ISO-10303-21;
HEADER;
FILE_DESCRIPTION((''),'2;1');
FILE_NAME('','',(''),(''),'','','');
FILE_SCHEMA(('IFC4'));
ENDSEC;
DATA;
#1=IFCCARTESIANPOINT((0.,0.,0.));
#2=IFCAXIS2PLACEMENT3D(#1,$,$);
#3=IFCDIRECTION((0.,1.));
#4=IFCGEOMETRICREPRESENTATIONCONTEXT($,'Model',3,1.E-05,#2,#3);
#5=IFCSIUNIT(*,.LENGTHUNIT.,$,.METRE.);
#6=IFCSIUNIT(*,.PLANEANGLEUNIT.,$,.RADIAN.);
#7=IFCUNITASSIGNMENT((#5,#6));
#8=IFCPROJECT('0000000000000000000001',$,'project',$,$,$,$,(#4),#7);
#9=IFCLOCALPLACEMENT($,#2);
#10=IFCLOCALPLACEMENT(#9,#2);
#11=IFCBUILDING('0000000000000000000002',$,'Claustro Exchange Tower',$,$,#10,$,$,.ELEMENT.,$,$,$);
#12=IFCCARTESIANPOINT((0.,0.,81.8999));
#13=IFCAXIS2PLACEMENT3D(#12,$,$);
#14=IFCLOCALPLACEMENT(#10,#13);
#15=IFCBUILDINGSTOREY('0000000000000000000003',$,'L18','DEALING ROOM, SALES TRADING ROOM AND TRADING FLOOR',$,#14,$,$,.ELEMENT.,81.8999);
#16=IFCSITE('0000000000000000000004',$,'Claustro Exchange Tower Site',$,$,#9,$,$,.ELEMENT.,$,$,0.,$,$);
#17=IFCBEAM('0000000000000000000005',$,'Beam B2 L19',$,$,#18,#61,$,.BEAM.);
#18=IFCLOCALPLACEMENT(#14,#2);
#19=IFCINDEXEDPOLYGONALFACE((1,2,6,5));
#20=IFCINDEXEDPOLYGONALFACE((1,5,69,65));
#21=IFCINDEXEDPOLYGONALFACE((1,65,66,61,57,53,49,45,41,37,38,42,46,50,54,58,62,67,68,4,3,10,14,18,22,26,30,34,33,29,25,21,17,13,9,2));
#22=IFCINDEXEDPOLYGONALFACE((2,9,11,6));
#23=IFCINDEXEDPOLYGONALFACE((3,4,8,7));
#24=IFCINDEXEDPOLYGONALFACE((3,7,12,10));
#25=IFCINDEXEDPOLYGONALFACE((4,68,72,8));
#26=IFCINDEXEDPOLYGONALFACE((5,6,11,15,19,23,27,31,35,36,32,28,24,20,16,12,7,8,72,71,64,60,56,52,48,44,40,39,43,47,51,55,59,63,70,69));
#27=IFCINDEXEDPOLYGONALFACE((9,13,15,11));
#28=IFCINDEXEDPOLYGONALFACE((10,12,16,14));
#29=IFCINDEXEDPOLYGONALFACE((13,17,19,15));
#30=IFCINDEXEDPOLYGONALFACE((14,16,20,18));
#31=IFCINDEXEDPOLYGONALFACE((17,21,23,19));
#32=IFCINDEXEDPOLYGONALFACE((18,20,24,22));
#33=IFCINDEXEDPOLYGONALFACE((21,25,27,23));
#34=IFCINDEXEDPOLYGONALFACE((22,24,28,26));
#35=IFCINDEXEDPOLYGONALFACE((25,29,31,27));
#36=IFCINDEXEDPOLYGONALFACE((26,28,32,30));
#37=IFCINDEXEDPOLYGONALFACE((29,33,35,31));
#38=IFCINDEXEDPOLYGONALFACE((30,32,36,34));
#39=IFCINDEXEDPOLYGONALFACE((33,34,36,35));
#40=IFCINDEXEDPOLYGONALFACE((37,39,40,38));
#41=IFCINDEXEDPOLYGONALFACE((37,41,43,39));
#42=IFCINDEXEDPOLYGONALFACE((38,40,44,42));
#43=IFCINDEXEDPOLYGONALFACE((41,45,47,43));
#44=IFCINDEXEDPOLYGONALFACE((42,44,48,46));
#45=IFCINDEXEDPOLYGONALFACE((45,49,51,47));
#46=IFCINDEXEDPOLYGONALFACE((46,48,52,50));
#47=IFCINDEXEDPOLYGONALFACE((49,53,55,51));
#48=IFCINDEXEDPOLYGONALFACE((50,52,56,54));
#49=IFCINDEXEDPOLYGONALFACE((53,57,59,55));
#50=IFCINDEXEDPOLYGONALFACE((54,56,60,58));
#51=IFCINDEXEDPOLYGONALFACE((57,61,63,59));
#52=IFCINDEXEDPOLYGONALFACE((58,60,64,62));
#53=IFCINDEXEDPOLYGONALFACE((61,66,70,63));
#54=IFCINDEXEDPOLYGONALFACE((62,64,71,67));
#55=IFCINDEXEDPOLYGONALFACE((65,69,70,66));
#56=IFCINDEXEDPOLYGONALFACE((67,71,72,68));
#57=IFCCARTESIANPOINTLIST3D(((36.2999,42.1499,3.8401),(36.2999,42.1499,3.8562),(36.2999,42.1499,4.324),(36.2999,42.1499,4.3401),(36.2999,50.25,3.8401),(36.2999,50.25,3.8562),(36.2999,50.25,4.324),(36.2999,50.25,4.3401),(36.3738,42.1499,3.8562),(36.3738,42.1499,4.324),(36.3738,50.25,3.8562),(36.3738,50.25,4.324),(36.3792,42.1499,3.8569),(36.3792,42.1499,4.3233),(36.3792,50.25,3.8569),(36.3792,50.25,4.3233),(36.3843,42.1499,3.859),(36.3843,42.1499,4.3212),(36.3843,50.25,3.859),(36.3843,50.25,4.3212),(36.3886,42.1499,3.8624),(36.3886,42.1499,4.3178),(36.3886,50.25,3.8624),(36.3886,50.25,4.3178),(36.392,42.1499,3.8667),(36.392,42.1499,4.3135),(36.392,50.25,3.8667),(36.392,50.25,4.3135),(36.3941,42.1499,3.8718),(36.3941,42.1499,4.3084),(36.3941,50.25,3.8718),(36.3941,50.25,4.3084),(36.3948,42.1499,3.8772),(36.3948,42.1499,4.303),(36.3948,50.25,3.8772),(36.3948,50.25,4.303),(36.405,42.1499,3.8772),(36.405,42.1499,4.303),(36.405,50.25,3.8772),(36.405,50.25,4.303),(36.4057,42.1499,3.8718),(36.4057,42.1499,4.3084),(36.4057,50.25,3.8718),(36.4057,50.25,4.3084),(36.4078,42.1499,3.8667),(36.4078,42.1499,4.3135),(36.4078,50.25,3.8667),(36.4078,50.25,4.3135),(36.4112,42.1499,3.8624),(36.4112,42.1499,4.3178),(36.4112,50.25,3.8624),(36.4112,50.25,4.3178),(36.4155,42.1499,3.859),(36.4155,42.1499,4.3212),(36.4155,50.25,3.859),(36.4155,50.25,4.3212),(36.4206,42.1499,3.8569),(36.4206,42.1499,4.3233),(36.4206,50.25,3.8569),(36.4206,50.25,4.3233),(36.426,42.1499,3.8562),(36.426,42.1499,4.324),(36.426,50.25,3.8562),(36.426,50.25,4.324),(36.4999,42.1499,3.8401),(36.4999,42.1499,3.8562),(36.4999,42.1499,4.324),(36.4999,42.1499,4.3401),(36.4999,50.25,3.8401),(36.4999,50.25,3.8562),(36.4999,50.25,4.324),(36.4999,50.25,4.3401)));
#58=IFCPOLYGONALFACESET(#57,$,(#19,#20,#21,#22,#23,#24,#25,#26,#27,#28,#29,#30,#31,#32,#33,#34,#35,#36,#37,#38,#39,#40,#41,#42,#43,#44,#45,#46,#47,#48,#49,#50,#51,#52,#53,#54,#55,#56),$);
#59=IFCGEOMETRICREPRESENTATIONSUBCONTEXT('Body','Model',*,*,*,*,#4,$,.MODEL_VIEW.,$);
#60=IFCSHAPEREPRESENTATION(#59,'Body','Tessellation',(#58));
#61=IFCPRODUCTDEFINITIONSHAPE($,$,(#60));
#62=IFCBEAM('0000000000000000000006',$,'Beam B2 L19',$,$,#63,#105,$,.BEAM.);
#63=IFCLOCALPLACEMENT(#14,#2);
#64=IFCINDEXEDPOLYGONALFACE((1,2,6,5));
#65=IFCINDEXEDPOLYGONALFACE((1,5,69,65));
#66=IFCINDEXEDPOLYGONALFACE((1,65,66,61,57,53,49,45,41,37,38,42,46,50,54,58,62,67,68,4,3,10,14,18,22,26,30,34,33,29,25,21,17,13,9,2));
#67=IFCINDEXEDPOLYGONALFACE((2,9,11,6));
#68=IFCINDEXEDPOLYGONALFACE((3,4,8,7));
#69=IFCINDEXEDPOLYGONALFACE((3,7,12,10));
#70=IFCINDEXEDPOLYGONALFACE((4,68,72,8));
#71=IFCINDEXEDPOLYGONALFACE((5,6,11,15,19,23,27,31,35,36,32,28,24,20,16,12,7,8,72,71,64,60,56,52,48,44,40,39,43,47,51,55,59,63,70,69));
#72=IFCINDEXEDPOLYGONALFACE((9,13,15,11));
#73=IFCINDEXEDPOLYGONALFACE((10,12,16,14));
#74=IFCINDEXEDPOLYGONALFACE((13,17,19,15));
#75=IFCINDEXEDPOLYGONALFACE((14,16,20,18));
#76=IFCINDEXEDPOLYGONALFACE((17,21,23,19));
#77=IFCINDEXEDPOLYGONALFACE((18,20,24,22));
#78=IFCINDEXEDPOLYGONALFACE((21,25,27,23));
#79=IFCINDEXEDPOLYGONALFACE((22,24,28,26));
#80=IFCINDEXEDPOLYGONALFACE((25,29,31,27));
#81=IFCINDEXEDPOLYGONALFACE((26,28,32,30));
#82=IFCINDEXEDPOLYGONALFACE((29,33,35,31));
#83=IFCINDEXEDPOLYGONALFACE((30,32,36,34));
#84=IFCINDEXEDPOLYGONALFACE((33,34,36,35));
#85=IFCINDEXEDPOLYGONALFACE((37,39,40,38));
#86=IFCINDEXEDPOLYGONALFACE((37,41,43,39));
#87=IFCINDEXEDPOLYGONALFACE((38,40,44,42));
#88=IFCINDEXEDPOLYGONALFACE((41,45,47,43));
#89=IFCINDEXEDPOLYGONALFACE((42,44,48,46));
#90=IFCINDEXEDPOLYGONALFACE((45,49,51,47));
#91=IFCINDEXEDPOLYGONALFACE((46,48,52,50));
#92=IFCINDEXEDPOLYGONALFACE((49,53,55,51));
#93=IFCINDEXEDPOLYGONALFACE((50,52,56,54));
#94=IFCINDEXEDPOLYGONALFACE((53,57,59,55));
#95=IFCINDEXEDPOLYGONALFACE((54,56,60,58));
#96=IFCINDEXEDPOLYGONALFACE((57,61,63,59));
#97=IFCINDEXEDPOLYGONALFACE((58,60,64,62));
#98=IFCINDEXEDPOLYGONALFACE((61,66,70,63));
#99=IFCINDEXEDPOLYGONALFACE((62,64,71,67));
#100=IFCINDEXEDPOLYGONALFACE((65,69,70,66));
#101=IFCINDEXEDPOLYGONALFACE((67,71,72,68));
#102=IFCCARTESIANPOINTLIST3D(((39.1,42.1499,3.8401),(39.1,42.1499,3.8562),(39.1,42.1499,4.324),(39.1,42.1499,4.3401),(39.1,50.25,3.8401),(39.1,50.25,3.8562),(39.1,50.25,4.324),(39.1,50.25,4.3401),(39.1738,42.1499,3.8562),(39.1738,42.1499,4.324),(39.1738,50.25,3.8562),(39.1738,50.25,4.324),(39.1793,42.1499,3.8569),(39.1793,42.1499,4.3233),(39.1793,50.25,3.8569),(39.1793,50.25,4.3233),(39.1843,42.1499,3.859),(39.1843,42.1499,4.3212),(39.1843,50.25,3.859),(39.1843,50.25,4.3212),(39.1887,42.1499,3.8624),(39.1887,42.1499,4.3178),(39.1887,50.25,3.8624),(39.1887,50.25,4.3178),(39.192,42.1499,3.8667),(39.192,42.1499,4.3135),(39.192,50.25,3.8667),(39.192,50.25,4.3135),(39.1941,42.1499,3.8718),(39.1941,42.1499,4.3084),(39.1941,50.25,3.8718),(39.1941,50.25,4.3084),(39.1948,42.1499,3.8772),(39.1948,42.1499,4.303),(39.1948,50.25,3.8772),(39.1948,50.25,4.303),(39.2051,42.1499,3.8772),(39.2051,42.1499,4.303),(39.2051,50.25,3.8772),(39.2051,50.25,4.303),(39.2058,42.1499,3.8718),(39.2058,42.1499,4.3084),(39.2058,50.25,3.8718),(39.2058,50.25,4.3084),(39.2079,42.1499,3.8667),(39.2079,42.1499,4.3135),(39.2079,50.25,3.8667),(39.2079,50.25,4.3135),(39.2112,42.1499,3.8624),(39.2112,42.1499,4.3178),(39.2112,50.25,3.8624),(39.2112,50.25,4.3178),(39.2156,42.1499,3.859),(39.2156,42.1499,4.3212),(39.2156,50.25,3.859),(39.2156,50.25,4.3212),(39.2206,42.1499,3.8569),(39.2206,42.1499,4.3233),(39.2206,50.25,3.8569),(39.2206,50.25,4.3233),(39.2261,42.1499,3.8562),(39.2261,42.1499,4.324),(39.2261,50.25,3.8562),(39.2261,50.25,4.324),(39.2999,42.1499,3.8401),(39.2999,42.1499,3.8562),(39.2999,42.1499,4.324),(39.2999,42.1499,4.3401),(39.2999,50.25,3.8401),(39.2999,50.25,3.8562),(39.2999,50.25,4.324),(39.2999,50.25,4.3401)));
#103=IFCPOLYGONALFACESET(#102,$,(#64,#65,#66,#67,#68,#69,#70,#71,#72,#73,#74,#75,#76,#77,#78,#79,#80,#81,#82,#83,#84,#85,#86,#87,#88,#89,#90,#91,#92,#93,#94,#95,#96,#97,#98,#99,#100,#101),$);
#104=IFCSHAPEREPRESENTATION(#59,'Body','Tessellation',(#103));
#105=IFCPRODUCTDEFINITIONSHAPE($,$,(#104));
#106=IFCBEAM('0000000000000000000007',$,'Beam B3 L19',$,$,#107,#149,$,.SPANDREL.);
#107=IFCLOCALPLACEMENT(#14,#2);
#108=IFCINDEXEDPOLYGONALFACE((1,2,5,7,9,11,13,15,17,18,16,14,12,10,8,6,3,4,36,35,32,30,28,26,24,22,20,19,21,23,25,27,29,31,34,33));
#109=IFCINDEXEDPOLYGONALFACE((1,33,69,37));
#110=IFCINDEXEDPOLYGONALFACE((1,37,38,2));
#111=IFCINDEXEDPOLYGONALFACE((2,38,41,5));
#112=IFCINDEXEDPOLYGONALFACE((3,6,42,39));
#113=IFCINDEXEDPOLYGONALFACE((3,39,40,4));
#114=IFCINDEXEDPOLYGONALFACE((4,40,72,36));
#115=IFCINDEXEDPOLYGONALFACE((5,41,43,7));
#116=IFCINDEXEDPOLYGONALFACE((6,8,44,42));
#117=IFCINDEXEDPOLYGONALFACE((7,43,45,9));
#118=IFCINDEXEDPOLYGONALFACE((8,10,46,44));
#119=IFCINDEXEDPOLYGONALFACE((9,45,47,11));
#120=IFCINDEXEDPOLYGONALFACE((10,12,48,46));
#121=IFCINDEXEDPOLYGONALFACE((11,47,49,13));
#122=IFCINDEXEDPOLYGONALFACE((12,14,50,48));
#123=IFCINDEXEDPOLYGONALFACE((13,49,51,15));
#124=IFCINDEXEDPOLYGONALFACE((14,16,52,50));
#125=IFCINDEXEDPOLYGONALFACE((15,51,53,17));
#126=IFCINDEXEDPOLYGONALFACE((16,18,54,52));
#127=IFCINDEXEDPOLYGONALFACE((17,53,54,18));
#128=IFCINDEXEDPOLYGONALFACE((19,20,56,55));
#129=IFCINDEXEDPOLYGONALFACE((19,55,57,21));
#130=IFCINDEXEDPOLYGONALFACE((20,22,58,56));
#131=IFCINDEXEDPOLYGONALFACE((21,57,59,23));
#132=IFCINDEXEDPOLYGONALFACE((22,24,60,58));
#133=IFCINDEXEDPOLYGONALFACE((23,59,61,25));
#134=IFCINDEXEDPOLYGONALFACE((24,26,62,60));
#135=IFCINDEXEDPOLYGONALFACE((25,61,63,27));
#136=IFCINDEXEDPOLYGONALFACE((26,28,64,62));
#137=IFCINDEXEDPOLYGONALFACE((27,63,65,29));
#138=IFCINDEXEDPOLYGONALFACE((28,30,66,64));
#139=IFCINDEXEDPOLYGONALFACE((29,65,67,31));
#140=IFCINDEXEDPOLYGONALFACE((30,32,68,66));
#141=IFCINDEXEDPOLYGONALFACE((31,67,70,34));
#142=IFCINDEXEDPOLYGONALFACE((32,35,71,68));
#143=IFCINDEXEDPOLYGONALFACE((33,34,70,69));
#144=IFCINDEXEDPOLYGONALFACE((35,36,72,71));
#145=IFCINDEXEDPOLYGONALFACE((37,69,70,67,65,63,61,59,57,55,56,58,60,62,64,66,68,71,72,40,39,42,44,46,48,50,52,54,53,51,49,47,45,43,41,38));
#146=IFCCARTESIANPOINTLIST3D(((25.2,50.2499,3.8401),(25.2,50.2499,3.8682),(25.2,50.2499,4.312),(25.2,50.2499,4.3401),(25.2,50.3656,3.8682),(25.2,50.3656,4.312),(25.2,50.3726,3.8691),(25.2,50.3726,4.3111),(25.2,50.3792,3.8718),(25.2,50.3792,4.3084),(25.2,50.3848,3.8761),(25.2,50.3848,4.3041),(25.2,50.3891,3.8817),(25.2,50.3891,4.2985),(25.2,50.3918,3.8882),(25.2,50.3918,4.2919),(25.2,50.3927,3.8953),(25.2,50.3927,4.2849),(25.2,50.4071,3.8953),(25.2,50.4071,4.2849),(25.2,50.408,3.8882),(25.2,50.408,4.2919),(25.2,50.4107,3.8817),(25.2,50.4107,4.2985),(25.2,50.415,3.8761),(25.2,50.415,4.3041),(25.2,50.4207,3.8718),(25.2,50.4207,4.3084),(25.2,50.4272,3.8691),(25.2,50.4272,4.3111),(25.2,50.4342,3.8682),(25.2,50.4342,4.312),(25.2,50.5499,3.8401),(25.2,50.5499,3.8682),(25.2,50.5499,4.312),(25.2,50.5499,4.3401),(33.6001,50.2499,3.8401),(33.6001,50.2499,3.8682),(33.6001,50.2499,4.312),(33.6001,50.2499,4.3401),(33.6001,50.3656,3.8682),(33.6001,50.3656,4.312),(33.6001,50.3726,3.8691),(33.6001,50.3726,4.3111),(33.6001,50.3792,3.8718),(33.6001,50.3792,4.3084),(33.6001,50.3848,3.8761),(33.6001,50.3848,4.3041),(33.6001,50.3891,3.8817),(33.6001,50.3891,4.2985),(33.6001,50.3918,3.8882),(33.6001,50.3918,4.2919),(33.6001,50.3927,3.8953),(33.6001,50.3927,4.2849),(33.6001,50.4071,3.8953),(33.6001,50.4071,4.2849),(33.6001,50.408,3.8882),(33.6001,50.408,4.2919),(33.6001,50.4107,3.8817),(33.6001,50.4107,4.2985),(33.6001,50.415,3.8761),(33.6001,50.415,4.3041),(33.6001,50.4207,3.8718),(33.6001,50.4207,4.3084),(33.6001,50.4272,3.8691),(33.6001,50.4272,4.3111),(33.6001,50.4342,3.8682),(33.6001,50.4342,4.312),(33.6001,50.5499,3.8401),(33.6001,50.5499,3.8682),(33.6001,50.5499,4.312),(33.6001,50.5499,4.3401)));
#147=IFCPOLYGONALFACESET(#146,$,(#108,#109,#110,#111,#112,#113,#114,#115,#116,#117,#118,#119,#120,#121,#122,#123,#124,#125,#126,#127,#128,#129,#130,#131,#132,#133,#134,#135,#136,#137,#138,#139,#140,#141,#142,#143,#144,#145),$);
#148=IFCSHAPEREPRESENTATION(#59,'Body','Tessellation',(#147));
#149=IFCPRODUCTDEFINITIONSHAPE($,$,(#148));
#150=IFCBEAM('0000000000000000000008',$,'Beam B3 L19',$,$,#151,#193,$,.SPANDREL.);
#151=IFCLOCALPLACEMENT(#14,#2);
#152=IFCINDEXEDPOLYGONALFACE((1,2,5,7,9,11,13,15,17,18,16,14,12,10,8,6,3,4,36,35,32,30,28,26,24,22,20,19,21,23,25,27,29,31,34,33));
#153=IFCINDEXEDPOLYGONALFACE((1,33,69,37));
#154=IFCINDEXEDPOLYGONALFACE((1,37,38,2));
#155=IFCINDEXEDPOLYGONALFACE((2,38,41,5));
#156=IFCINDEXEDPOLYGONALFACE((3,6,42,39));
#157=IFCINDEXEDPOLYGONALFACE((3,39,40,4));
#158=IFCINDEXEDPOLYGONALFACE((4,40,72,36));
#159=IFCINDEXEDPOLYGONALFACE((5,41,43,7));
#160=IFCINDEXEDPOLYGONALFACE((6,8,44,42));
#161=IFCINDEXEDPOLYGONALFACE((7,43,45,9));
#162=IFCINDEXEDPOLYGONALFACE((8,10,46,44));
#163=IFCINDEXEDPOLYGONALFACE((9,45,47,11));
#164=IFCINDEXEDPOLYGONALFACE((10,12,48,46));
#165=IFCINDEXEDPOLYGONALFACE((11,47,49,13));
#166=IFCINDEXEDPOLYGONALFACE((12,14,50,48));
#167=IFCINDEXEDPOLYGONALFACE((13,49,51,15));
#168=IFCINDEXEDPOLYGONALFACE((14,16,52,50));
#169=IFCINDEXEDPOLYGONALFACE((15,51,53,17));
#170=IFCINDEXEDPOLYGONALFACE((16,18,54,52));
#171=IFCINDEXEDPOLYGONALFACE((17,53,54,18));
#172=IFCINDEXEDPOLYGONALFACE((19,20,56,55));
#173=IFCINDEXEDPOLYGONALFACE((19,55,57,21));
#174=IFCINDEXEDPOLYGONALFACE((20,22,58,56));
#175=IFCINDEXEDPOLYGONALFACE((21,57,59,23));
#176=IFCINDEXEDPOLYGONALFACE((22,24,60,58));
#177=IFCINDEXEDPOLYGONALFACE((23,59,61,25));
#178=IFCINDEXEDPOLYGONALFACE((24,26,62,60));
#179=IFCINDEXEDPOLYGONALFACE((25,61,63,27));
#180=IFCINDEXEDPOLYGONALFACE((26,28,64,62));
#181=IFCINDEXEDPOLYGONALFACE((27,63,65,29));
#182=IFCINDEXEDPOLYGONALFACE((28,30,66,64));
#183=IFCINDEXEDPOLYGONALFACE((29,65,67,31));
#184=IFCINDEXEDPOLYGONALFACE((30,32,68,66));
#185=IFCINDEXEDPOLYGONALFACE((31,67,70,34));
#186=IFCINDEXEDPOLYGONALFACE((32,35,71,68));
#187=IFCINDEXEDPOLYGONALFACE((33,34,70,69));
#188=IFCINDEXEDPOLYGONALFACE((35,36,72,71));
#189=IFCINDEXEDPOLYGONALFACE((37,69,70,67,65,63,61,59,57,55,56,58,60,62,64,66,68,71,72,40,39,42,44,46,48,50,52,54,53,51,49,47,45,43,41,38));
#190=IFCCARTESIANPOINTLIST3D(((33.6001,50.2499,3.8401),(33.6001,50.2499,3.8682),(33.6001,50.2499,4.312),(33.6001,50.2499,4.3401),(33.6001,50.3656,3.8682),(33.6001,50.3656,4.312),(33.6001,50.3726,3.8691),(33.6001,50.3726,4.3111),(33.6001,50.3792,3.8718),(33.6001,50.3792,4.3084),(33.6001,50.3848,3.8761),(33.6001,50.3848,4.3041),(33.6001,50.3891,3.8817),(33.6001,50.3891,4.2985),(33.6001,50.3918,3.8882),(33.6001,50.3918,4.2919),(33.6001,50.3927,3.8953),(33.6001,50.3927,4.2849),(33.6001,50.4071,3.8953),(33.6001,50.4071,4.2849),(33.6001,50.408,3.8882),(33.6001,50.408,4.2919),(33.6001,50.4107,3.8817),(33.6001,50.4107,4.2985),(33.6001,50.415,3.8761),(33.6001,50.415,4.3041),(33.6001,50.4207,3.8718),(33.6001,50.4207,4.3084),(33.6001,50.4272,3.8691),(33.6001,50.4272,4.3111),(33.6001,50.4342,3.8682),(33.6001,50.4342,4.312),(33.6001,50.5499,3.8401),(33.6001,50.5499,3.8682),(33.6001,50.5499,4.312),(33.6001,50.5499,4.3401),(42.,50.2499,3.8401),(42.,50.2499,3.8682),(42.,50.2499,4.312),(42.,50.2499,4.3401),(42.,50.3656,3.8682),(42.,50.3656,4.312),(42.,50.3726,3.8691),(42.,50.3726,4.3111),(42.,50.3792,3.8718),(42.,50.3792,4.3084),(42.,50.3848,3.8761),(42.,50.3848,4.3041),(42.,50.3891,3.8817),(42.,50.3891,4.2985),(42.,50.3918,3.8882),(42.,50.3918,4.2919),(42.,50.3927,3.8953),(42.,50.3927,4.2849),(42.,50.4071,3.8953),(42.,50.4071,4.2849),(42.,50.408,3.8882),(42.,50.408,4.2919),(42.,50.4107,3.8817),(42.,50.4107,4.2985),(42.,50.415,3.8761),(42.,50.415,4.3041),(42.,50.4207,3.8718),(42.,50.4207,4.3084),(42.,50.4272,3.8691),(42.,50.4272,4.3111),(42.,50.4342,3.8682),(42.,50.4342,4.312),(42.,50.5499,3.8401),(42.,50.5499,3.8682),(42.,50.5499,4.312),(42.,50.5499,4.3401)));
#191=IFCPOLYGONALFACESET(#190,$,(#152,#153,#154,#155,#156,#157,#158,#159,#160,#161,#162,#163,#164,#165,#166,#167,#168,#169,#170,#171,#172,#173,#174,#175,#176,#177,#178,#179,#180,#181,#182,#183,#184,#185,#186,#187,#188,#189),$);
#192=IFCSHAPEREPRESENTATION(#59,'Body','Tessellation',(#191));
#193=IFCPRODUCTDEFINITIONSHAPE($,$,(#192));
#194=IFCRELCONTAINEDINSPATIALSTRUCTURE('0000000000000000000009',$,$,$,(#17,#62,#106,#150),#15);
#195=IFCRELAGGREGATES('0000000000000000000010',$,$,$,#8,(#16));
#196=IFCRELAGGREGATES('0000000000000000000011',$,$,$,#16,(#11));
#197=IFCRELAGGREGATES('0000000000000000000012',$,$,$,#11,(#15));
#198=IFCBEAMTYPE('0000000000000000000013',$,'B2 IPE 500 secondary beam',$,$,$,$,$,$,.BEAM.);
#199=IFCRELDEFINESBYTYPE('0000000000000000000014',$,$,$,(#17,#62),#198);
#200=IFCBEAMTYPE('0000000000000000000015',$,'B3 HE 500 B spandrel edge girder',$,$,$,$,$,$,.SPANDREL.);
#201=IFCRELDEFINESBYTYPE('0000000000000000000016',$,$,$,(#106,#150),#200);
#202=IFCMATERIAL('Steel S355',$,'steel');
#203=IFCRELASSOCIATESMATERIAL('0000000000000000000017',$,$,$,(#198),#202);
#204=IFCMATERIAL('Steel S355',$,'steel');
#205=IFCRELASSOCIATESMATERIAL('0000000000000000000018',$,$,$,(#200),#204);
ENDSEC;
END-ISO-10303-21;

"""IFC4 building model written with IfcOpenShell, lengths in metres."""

from ifc_helpers import new_model, si_unit, direction, frame, origin, origin_2d, place, context, subcontext, project, spatial, i_section, extrude, material, material_profile, profile_set, type_object, element, save


model = new_model("IFC4")

# Units and contexts
model_context = context("Model", 3, precision=1e-05, world=origin(), true_north=direction((0.0, 1.0)))
body_context = subcontext(model_context, "Body", "Model", "MODEL_VIEW")
ifc_project = project(units=[si_unit("LENGTHUNIT", "METRE"), si_unit("PLANEANGLEUNIT", "RADIAN")], contexts=[model_context])

# Site, building, storey
site_placement = place(None, origin())
site = spatial("IfcSite", under=ifc_project, at=site_placement, Name="Claustro Exchange Tower Site", CompositionType="ELEMENT", RefElevation=0.0)
building_placement = place(site_placement, origin())
building = spatial("IfcBuilding", under=site, at=building_placement, Name="Claustro Exchange Tower", CompositionType="ELEMENT")
storey_placement = place(building_placement, frame((0.0, 0.0, 81.8999)))
storey = spatial("IfcBuildingStorey", under=building, at=storey_placement, Name="L18", Description="DEALING ROOM, SALES TRADING ROOM AND TRADING FLOOR", CompositionType="ELEMENT", Elevation=81.8999)

# Beams
ifc_material_1 = material(Name="Steel S355", Category="steel")
ifc_material_profile_1 = material_profile(ifc_material_1, i_section(OverallWidth=0.2, OverallDepth=0.5, WebThickness=0.0103, FlangeThickness=0.0161, FilletRadius=0.021, at=origin_2d()), Name="IPE 500")
ifc_profile_set_1 = profile_set([ifc_material_profile_1], Name="Steel S355")
beam_type_1 = type_object("IfcBeamType", Name="B2 IPE 500 secondary beam", PredefinedType="BEAM", material=ifc_profile_set_1)
for number, where, z_axis, x_axis, name in (
    (1, (36.3999, 42.1499, 4.0901), (0.0, 1.0, 0.0), (-1.0, 0.0, 0.0), "Beam B2 L19"),
    (2, (39.2, 42.1499, 4.0901), (0.0, 1.0, 0.0), (-1.0, 0.0, 0.0), "Beam B2 L19"),
):
    element("IfcBeam", number, at=place(storey_placement, frame(where, z_axis=z_axis, x_axis=x_axis)), inside=storey, type_object=beam_type_1, Name=name, PredefinedType="BEAM", context=body_context, shape_type="SweptSolid", body=[
        extrude(i_section(OverallWidth=0.2, OverallDepth=0.5, WebThickness=0.0103, FlangeThickness=0.0161, FilletRadius=0.021, at=origin_2d()), origin(), (0.0, 0.0, 1.0), 8.1001),
    ])
ifc_material_2 = material(Name="Steel S355", Category="steel")
ifc_material_profile_2 = material_profile(ifc_material_2, i_section(OverallWidth=0.3, OverallDepth=0.5, WebThickness=0.0144, FlangeThickness=0.0281, FilletRadius=0.0271, at=origin_2d()), Name="HE 500 B")
ifc_profile_set_2 = profile_set([ifc_material_profile_2], Name="Steel S355")
beam_type_2 = type_object("IfcBeamType", Name="B3 HE 500 B spandrel edge girder", PredefinedType="SPANDREL", material=ifc_profile_set_2)
beam_1_placement = place(storey_placement, frame((25.2, 50.3999, 4.0901), z_axis=(1.0, 0.0, 0.0), x_axis=(0.0, 1.0, 0.0)))
element("IfcBeam", 3, at=beam_1_placement, inside=storey, type_object=beam_type_2, Name="Beam B3 L19", PredefinedType="SPANDREL", context=body_context, shape_type="SweptSolid", body=[
    extrude(i_section(OverallWidth=0.3, OverallDepth=0.5, WebThickness=0.0144, FlangeThickness=0.0281, FilletRadius=0.0271, at=origin_2d()), origin(), (0.0, 0.0, 1.0), 8.4001),
])
beam_2_placement = place(storey_placement, frame((33.6001, 50.3999, 4.0901), z_axis=(1.0, 0.0, 0.0), x_axis=(0.0, 1.0, 0.0)))
element("IfcBeam", 4, at=beam_2_placement, inside=storey, type_object=beam_type_2, Name="Beam B3 L19", PredefinedType="SPANDREL", context=body_context, shape_type="SweptSolid", body=[
    extrude(i_section(OverallWidth=0.3, OverallDepth=0.5, WebThickness=0.0144, FlangeThickness=0.0281, FilletRadius=0.0271, at=origin_2d()), origin(), (0.0, 0.0, 1.0), 8.3999),
])

save(model, "model.ifc")
